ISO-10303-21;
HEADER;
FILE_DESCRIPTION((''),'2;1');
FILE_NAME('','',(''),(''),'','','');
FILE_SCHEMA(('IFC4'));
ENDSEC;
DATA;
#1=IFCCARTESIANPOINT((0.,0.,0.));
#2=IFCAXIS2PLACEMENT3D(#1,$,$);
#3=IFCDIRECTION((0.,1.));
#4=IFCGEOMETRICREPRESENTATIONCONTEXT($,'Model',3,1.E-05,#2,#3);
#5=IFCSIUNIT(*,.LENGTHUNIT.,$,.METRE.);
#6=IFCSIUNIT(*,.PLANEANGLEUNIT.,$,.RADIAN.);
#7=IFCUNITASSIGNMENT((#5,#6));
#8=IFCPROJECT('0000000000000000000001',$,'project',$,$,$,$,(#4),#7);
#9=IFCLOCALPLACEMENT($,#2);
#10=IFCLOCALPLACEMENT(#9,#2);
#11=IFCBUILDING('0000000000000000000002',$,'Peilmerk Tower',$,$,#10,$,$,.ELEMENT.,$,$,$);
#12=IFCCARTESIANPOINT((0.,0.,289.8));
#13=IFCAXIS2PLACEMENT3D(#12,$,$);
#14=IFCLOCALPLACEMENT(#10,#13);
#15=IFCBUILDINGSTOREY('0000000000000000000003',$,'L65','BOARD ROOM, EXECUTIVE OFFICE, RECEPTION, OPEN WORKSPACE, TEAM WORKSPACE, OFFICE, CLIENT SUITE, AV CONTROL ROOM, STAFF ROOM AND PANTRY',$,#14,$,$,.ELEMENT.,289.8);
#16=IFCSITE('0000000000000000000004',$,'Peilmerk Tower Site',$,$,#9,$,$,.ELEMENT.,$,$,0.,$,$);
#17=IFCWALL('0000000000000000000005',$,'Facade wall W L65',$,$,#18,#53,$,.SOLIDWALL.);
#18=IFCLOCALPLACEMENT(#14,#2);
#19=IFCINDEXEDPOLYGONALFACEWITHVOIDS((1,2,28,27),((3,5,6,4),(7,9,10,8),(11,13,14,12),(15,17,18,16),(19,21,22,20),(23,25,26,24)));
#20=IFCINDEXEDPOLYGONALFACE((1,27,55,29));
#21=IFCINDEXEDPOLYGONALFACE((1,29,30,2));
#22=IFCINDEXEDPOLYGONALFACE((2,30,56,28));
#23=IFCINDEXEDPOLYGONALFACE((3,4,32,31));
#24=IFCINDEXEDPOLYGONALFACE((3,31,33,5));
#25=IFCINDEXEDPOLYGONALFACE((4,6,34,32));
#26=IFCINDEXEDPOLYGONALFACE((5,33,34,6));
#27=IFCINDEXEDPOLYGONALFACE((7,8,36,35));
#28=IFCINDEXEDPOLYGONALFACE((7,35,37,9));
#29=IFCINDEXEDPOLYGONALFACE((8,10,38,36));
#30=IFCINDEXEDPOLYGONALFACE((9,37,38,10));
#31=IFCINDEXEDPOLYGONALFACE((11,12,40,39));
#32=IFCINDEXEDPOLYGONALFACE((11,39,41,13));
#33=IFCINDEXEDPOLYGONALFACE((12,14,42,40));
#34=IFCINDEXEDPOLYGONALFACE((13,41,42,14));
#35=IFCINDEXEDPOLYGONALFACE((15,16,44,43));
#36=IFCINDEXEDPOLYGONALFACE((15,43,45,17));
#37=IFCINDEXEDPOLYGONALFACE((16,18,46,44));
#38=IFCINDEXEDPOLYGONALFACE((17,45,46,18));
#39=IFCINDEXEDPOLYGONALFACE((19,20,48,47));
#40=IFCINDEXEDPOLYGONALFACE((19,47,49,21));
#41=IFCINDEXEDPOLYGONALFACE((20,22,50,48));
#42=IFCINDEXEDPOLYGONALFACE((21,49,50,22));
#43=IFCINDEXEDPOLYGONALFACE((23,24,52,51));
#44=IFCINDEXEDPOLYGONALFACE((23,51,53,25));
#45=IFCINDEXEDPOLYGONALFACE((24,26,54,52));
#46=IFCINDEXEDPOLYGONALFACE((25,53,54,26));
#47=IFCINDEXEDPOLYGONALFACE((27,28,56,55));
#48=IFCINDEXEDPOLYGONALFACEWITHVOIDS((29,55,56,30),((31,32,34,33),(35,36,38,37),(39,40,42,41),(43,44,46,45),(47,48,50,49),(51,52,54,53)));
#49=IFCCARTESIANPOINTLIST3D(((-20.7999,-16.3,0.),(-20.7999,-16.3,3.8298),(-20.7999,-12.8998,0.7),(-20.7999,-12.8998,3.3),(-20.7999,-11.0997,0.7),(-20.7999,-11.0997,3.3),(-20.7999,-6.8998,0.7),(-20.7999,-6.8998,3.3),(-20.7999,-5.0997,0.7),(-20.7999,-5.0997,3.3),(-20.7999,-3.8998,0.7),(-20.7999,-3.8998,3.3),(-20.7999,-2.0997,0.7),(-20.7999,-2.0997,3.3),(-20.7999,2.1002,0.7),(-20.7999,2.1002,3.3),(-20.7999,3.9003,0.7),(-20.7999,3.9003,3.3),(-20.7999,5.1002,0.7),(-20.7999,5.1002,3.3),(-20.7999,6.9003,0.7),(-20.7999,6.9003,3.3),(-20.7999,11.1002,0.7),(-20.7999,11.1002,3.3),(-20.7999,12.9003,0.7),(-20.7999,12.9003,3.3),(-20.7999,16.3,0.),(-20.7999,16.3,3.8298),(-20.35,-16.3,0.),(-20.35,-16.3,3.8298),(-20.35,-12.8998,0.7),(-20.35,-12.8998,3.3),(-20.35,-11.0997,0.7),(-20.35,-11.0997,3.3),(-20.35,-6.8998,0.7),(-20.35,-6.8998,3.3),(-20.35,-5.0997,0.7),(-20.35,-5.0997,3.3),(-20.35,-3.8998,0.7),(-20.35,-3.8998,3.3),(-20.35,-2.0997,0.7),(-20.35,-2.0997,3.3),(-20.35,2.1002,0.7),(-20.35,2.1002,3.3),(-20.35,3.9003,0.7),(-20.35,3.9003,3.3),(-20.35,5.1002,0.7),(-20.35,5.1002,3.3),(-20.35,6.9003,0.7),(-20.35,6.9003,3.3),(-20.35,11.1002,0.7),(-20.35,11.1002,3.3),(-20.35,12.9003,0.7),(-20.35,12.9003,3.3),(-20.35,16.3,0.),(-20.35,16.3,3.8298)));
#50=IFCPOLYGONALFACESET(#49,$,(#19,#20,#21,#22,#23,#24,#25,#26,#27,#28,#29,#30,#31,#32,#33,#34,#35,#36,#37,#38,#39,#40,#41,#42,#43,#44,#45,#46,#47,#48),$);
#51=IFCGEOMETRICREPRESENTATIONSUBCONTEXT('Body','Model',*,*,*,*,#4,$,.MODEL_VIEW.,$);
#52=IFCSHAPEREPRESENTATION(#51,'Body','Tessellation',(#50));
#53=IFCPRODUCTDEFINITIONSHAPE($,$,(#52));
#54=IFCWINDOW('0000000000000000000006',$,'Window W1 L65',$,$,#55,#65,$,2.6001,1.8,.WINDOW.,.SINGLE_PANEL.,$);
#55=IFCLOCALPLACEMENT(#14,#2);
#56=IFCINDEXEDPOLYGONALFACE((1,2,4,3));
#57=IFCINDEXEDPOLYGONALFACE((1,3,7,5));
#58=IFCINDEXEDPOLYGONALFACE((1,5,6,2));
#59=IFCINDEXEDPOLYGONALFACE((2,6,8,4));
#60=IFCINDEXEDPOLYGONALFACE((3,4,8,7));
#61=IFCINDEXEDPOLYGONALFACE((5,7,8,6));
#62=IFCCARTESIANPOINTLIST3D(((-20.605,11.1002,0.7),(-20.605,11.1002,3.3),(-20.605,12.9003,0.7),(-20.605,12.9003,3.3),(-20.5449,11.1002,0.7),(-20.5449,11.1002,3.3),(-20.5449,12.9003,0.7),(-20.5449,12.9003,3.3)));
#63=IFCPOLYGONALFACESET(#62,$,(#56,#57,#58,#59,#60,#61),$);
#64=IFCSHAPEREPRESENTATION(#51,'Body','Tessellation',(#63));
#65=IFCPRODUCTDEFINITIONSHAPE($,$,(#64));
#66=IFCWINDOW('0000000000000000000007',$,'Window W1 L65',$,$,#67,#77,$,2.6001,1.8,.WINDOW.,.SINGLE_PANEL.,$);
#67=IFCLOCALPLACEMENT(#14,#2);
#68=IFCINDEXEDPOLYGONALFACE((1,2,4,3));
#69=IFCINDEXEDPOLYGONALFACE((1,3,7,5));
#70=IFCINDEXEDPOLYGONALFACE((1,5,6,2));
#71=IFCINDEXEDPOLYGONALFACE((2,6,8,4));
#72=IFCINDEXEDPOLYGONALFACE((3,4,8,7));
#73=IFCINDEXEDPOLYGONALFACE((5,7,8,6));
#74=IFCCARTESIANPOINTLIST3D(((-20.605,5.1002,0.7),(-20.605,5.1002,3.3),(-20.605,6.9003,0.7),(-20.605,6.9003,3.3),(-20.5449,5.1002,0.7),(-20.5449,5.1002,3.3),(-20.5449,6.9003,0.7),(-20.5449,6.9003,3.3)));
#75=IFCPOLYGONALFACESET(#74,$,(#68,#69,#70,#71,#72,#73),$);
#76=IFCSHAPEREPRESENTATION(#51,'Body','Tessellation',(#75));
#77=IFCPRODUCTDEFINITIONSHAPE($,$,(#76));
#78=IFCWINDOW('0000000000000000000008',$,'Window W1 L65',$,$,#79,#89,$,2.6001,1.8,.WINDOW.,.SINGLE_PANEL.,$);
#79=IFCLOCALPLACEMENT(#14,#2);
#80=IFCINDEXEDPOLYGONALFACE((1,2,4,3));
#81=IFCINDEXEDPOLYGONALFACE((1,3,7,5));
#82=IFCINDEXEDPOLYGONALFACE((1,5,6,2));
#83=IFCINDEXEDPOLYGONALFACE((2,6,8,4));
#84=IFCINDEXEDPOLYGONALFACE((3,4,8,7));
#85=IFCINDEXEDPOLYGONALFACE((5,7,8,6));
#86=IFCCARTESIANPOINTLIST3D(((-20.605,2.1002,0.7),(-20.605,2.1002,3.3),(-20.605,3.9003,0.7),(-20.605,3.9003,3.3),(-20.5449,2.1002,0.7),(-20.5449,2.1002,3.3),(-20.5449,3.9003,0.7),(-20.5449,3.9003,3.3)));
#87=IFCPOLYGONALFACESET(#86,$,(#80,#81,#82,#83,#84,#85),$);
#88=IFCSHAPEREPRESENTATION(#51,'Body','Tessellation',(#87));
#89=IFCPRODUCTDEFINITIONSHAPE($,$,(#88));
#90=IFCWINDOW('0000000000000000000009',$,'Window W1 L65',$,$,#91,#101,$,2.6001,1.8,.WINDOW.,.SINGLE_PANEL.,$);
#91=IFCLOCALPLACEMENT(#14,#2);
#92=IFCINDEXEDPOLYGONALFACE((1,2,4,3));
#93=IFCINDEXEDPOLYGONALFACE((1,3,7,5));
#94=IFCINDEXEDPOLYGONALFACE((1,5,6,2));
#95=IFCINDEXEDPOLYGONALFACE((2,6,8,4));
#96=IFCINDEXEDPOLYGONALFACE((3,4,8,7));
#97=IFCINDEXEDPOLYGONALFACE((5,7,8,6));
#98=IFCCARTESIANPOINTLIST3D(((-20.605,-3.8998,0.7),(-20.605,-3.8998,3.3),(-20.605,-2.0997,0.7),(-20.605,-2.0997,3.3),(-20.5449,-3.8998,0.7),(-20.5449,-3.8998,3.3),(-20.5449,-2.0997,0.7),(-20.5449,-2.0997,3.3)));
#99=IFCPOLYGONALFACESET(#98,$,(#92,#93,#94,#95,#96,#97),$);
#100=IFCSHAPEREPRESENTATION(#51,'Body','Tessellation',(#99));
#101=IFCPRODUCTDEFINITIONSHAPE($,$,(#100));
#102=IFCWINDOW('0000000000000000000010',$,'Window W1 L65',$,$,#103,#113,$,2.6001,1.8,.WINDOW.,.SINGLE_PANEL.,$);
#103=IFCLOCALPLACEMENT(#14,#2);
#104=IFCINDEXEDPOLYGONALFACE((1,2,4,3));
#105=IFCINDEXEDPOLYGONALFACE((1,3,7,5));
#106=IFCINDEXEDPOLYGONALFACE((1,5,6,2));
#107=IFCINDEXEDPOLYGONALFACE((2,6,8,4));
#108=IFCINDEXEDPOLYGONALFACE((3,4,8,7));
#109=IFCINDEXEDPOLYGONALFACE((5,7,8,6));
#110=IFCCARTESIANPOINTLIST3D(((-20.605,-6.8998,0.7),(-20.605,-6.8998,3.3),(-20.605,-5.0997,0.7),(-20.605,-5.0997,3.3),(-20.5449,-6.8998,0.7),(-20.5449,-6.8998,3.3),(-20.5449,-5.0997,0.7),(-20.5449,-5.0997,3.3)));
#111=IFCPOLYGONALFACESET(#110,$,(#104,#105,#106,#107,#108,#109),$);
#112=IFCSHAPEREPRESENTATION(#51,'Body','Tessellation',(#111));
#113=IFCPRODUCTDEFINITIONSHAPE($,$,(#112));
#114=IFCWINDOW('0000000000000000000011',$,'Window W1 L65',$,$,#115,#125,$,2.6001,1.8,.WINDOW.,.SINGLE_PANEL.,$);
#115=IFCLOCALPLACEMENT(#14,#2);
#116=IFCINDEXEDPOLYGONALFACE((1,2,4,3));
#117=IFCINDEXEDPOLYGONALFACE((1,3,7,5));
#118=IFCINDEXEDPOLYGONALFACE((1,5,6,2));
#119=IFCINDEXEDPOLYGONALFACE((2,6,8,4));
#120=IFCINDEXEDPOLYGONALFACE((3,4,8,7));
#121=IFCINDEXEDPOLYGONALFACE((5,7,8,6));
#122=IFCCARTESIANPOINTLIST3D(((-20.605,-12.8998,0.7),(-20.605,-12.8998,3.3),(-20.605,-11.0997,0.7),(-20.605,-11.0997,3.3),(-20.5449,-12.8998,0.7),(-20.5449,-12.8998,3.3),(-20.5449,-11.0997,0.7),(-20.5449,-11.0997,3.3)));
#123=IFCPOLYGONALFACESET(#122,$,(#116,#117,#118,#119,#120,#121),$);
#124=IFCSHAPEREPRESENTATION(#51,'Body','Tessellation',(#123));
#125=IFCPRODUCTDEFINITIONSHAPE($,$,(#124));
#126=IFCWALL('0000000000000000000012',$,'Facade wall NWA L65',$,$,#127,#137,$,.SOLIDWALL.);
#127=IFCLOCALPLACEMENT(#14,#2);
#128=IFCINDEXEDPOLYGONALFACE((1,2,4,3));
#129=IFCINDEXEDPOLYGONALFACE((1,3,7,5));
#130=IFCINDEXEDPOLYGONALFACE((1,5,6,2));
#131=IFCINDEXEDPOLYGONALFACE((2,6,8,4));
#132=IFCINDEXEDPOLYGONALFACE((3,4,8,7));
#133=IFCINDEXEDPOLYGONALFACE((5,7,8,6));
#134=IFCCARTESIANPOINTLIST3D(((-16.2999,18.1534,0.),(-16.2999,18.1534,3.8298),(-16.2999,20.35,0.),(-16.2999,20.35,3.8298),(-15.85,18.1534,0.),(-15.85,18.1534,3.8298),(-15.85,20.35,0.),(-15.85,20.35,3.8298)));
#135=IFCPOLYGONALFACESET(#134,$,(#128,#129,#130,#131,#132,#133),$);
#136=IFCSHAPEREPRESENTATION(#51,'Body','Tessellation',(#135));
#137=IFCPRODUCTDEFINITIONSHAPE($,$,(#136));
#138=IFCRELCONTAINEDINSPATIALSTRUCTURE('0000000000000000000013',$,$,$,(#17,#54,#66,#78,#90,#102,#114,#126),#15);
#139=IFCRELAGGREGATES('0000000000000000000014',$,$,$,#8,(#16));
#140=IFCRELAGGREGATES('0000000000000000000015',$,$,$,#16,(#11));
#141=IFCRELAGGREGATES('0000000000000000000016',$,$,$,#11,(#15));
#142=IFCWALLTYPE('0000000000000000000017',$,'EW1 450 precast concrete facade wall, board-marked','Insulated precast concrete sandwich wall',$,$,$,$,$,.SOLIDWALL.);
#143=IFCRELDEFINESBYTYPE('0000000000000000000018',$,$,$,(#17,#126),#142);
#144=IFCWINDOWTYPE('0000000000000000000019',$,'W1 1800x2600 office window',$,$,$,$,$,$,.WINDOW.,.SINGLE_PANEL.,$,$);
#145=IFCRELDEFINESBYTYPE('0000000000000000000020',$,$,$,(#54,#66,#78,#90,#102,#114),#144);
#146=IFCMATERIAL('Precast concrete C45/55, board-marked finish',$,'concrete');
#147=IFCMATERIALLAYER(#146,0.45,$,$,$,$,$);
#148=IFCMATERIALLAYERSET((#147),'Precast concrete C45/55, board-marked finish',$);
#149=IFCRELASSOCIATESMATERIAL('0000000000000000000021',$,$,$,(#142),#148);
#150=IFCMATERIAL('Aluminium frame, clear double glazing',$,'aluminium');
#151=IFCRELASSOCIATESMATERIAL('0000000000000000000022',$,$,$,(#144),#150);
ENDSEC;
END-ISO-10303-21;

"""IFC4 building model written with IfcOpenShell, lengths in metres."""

from ifc_helpers import new_model, si_unit, direction, frame, frame_2d, origin, place, context, subcontext, project, spatial, rectangle, extrude, material, layer, layer_set, type_object, element, fill, save


model = new_model("IFC4")

# Units and contexts
model_context = context("Model", 3, precision=1e-05, world=origin(), true_north=direction((0.0, 1.0)))
body_context = subcontext(model_context, "Body", "Model", "MODEL_VIEW")
ifc_project = project(units=[si_unit("LENGTHUNIT", "METRE"), si_unit("PLANEANGLEUNIT", "RADIAN")], contexts=[model_context])

# Site, building, storey
site_placement = place(None, origin())
site = spatial("IfcSite", under=ifc_project, at=site_placement, Name="Peilmerk Tower Site", CompositionType="ELEMENT", RefElevation=0.0)
building_placement = place(site_placement, origin())
building = spatial("IfcBuilding", under=site, at=building_placement, Name="Peilmerk Tower", CompositionType="ELEMENT")
storey_placement = place(building_placement, frame((0.0, 0.0, 289.8)))
storey = spatial("IfcBuildingStorey", under=building, at=storey_placement, Name="L65", Description="BOARD ROOM, EXECUTIVE OFFICE, RECEPTION, OPEN WORKSPACE, TEAM WORKSPACE, OFFICE, CLIENT SUITE, AV CONTROL ROOM, STAFF ROOM AND PANTRY", CompositionType="ELEMENT", Elevation=289.8)

# Wall, openings, windows
ifc_material_1 = material(Name="Precast concrete C45/55, board-marked finish", Category="concrete")
ifc_layer_1 = layer(ifc_material_1, 0.45)
ifc_layer_set_1 = layer_set([ifc_layer_1], Name="Precast concrete C45/55, board-marked finish")
wall_type = type_object("IfcWallType", Name="EW1 450 precast concrete facade wall, board-marked", Description="Insulated precast concrete sandwich wall", PredefinedType="SOLIDWALL", material=ifc_layer_set_1)
wall_1_placement = place(storey_placement, frame((-20.575, 16.3, 0.0), z_axis=(0.0, 0.0, 1.0), x_axis=(0.0, -1.0, 0.0)))
wall_1 = element("IfcWall", 1, at=wall_1_placement, inside=storey, type_object=wall_type, Name="Facade wall W L65", PredefinedType="SOLIDWALL", context=body_context, shape_type="SweptSolid", body=[
    extrude(rectangle(XDim=32.6001, YDim=0.45, at=frame_2d((16.3, 0.0))), origin(), (0.0, 0.0, 1.0), 3.8298),
])
opening_1_placement = place(wall_1_placement, frame((3.3999, 0.0, 0.7)))
opening_1 = element("IfcOpeningElement", 2, at=opening_1_placement, cuts=wall_1, PredefinedType="OPENING", context=body_context, shape_type="SweptSolid", body=[
    extrude(rectangle(XDim=1.8, YDim=2.6001, at=frame_2d((0.8999, 1.3))), frame((0.0, 0.2349, 0.0), z_axis=(0.0, -1.0, 0.0), x_axis=(1.0, 0.0, 0.0)), (0.0, 0.0, 1.0), 0.47),
])
opening_2_placement = place(wall_1_placement, frame((9.3999, 0.0, 0.7)))
opening_2 = element("IfcOpeningElement", 3, at=opening_2_placement, cuts=wall_1, PredefinedType="OPENING", context=body_context, shape_type="SweptSolid", body=[
    extrude(rectangle(XDim=1.8, YDim=2.6001, at=frame_2d((0.8999, 1.3))), frame((0.0, 0.2349, 0.0), z_axis=(0.0, -1.0, 0.0), x_axis=(1.0, 0.0, 0.0)), (0.0, 0.0, 1.0), 0.47),
])
opening_3_placement = place(wall_1_placement, frame((12.3999, 0.0, 0.7)))
opening_3 = element("IfcOpeningElement", 4, at=opening_3_placement, cuts=wall_1, PredefinedType="OPENING", context=body_context, shape_type="SweptSolid", body=[
    extrude(rectangle(XDim=1.8, YDim=2.6001, at=frame_2d((0.8999, 1.3))), frame((0.0, 0.2349, 0.0), z_axis=(0.0, -1.0, 0.0), x_axis=(1.0, 0.0, 0.0)), (0.0, 0.0, 1.0), 0.47),
])
opening_4_placement = place(wall_1_placement, frame((18.3999, 0.0, 0.7)))
opening_4 = element("IfcOpeningElement", 5, at=opening_4_placement, cuts=wall_1, PredefinedType="OPENING", context=body_context, shape_type="SweptSolid", body=[
    extrude(rectangle(XDim=1.8, YDim=2.6001, at=frame_2d((0.8999, 1.3))), frame((0.0, 0.2349, 0.0), z_axis=(0.0, -1.0, 0.0), x_axis=(1.0, 0.0, 0.0)), (0.0, 0.0, 1.0), 0.47),
])
opening_5_placement = place(wall_1_placement, frame((21.3999, 0.0, 0.7)))
opening_5 = element("IfcOpeningElement", 6, at=opening_5_placement, cuts=wall_1, PredefinedType="OPENING", context=body_context, shape_type="SweptSolid", body=[
    extrude(rectangle(XDim=1.8, YDim=2.6001, at=frame_2d((0.8999, 1.3))), frame((0.0, 0.2349, 0.0), z_axis=(0.0, -1.0, 0.0), x_axis=(1.0, 0.0, 0.0)), (0.0, 0.0, 1.0), 0.47),
])
opening_6_placement = place(wall_1_placement, frame((27.3999, 0.0, 0.7)))
opening_6 = element("IfcOpeningElement", 7, at=opening_6_placement, cuts=wall_1, PredefinedType="OPENING", context=body_context, shape_type="SweptSolid", body=[
    extrude(rectangle(XDim=1.8, YDim=2.6001, at=frame_2d((0.8999, 1.3))), frame((0.0, 0.2349, 0.0), z_axis=(0.0, -1.0, 0.0), x_axis=(1.0, 0.0, 0.0)), (0.0, 0.0, 1.0), 0.47),
])
ifc_material_2 = material(Name="Aluminium frame, clear double glazing", Category="aluminium")
window_type = type_object("IfcWindowType", Name="W1 1800x2600 office window", PartitioningType="SINGLE_PANEL", PredefinedType="WINDOW", material=ifc_material_2)
window_1_placement = place(opening_1_placement, origin())
window_1 = element("IfcWindow", 8, at=window_1_placement, inside=storey, type_object=window_type, Name="Window W1 L65", OverallHeight=2.6001, OverallWidth=1.8, PartitioningType="SINGLE_PANEL", PredefinedType="WINDOW", context=body_context, shape_type="SweptSolid", body=[
    extrude(rectangle(XDim=1.8, YDim=2.6001, at=frame_2d((0.8999, 1.3))), frame((0.0, 0.03, 0.0), z_axis=(0.0, -1.0, 0.0), x_axis=(1.0, 0.0, 0.0)), (0.0, 0.0, 1.0), 0.0601),
])
fill(opening_1, window_1)
window_2_placement = place(opening_2_placement, origin())
window_2 = element("IfcWindow", 9, at=window_2_placement, inside=storey, type_object=window_type, Name="Window W1 L65", OverallHeight=2.6001, OverallWidth=1.8, PartitioningType="SINGLE_PANEL", PredefinedType="WINDOW", context=body_context, shape_type="SweptSolid", body=[
    extrude(rectangle(XDim=1.8, YDim=2.6001, at=frame_2d((0.8999, 1.3))), frame((0.0, 0.03, 0.0), z_axis=(0.0, -1.0, 0.0), x_axis=(1.0, 0.0, 0.0)), (0.0, 0.0, 1.0), 0.0601),
])
fill(opening_2, window_2)
window_3_placement = place(opening_3_placement, origin())
window_3 = element("IfcWindow", 10, at=window_3_placement, inside=storey, type_object=window_type, Name="Window W1 L65", OverallHeight=2.6001, OverallWidth=1.8, PartitioningType="SINGLE_PANEL", PredefinedType="WINDOW", context=body_context, shape_type="SweptSolid", body=[
    extrude(rectangle(XDim=1.8, YDim=2.6001, at=frame_2d((0.8999, 1.3))), frame((0.0, 0.03, 0.0), z_axis=(0.0, -1.0, 0.0), x_axis=(1.0, 0.0, 0.0)), (0.0, 0.0, 1.0), 0.0601),
])
fill(opening_3, window_3)
window_4_placement = place(opening_4_placement, origin())
window_4 = element("IfcWindow", 11, at=window_4_placement, inside=storey, type_object=window_type, Name="Window W1 L65", OverallHeight=2.6001, OverallWidth=1.8, PartitioningType="SINGLE_PANEL", PredefinedType="WINDOW", context=body_context, shape_type="SweptSolid", body=[
    extrude(rectangle(XDim=1.8, YDim=2.6001, at=frame_2d((0.8999, 1.3))), frame((0.0, 0.03, 0.0), z_axis=(0.0, -1.0, 0.0), x_axis=(1.0, 0.0, 0.0)), (0.0, 0.0, 1.0), 0.0601),
])
fill(opening_4, window_4)
window_5_placement = place(opening_5_placement, origin())
window_5 = element("IfcWindow", 12, at=window_5_placement, inside=storey, type_object=window_type, Name="Window W1 L65", OverallHeight=2.6001, OverallWidth=1.8, PartitioningType="SINGLE_PANEL", PredefinedType="WINDOW", context=body_context, shape_type="SweptSolid", body=[
    extrude(rectangle(XDim=1.8, YDim=2.6001, at=frame_2d((0.8999, 1.3))), frame((0.0, 0.03, 0.0), z_axis=(0.0, -1.0, 0.0), x_axis=(1.0, 0.0, 0.0)), (0.0, 0.0, 1.0), 0.0601),
])
fill(opening_5, window_5)
window_6_placement = place(opening_6_placement, origin())
window_6 = element("IfcWindow", 13, at=window_6_placement, inside=storey, type_object=window_type, Name="Window W1 L65", OverallHeight=2.6001, OverallWidth=1.8, PartitioningType="SINGLE_PANEL", PredefinedType="WINDOW", context=body_context, shape_type="SweptSolid", body=[
    extrude(rectangle(XDim=1.8, YDim=2.6001, at=frame_2d((0.8999, 1.3))), frame((0.0, 0.03, 0.0), z_axis=(0.0, -1.0, 0.0), x_axis=(1.0, 0.0, 0.0)), (0.0, 0.0, 1.0), 0.0601),
])
fill(opening_6, window_6)

# Wall
wall_2_placement = place(storey_placement, frame((-16.075, 18.1536, 0.0), z_axis=(0.0, 0.0, 1.0), x_axis=(0.0, 1.0, 0.0)))
element("IfcWall", 14, at=wall_2_placement, inside=storey, type_object=wall_type, Name="Facade wall NWA L65", PredefinedType="SOLIDWALL", context=body_context, shape_type="SweptSolid", body=[
    extrude(rectangle(XDim=2.1965, YDim=0.45, at=frame_2d((1.0981, 0.0))), origin(), (0.0, 0.0, 1.0), 3.8298),
])

save(model, "model.ifc")
